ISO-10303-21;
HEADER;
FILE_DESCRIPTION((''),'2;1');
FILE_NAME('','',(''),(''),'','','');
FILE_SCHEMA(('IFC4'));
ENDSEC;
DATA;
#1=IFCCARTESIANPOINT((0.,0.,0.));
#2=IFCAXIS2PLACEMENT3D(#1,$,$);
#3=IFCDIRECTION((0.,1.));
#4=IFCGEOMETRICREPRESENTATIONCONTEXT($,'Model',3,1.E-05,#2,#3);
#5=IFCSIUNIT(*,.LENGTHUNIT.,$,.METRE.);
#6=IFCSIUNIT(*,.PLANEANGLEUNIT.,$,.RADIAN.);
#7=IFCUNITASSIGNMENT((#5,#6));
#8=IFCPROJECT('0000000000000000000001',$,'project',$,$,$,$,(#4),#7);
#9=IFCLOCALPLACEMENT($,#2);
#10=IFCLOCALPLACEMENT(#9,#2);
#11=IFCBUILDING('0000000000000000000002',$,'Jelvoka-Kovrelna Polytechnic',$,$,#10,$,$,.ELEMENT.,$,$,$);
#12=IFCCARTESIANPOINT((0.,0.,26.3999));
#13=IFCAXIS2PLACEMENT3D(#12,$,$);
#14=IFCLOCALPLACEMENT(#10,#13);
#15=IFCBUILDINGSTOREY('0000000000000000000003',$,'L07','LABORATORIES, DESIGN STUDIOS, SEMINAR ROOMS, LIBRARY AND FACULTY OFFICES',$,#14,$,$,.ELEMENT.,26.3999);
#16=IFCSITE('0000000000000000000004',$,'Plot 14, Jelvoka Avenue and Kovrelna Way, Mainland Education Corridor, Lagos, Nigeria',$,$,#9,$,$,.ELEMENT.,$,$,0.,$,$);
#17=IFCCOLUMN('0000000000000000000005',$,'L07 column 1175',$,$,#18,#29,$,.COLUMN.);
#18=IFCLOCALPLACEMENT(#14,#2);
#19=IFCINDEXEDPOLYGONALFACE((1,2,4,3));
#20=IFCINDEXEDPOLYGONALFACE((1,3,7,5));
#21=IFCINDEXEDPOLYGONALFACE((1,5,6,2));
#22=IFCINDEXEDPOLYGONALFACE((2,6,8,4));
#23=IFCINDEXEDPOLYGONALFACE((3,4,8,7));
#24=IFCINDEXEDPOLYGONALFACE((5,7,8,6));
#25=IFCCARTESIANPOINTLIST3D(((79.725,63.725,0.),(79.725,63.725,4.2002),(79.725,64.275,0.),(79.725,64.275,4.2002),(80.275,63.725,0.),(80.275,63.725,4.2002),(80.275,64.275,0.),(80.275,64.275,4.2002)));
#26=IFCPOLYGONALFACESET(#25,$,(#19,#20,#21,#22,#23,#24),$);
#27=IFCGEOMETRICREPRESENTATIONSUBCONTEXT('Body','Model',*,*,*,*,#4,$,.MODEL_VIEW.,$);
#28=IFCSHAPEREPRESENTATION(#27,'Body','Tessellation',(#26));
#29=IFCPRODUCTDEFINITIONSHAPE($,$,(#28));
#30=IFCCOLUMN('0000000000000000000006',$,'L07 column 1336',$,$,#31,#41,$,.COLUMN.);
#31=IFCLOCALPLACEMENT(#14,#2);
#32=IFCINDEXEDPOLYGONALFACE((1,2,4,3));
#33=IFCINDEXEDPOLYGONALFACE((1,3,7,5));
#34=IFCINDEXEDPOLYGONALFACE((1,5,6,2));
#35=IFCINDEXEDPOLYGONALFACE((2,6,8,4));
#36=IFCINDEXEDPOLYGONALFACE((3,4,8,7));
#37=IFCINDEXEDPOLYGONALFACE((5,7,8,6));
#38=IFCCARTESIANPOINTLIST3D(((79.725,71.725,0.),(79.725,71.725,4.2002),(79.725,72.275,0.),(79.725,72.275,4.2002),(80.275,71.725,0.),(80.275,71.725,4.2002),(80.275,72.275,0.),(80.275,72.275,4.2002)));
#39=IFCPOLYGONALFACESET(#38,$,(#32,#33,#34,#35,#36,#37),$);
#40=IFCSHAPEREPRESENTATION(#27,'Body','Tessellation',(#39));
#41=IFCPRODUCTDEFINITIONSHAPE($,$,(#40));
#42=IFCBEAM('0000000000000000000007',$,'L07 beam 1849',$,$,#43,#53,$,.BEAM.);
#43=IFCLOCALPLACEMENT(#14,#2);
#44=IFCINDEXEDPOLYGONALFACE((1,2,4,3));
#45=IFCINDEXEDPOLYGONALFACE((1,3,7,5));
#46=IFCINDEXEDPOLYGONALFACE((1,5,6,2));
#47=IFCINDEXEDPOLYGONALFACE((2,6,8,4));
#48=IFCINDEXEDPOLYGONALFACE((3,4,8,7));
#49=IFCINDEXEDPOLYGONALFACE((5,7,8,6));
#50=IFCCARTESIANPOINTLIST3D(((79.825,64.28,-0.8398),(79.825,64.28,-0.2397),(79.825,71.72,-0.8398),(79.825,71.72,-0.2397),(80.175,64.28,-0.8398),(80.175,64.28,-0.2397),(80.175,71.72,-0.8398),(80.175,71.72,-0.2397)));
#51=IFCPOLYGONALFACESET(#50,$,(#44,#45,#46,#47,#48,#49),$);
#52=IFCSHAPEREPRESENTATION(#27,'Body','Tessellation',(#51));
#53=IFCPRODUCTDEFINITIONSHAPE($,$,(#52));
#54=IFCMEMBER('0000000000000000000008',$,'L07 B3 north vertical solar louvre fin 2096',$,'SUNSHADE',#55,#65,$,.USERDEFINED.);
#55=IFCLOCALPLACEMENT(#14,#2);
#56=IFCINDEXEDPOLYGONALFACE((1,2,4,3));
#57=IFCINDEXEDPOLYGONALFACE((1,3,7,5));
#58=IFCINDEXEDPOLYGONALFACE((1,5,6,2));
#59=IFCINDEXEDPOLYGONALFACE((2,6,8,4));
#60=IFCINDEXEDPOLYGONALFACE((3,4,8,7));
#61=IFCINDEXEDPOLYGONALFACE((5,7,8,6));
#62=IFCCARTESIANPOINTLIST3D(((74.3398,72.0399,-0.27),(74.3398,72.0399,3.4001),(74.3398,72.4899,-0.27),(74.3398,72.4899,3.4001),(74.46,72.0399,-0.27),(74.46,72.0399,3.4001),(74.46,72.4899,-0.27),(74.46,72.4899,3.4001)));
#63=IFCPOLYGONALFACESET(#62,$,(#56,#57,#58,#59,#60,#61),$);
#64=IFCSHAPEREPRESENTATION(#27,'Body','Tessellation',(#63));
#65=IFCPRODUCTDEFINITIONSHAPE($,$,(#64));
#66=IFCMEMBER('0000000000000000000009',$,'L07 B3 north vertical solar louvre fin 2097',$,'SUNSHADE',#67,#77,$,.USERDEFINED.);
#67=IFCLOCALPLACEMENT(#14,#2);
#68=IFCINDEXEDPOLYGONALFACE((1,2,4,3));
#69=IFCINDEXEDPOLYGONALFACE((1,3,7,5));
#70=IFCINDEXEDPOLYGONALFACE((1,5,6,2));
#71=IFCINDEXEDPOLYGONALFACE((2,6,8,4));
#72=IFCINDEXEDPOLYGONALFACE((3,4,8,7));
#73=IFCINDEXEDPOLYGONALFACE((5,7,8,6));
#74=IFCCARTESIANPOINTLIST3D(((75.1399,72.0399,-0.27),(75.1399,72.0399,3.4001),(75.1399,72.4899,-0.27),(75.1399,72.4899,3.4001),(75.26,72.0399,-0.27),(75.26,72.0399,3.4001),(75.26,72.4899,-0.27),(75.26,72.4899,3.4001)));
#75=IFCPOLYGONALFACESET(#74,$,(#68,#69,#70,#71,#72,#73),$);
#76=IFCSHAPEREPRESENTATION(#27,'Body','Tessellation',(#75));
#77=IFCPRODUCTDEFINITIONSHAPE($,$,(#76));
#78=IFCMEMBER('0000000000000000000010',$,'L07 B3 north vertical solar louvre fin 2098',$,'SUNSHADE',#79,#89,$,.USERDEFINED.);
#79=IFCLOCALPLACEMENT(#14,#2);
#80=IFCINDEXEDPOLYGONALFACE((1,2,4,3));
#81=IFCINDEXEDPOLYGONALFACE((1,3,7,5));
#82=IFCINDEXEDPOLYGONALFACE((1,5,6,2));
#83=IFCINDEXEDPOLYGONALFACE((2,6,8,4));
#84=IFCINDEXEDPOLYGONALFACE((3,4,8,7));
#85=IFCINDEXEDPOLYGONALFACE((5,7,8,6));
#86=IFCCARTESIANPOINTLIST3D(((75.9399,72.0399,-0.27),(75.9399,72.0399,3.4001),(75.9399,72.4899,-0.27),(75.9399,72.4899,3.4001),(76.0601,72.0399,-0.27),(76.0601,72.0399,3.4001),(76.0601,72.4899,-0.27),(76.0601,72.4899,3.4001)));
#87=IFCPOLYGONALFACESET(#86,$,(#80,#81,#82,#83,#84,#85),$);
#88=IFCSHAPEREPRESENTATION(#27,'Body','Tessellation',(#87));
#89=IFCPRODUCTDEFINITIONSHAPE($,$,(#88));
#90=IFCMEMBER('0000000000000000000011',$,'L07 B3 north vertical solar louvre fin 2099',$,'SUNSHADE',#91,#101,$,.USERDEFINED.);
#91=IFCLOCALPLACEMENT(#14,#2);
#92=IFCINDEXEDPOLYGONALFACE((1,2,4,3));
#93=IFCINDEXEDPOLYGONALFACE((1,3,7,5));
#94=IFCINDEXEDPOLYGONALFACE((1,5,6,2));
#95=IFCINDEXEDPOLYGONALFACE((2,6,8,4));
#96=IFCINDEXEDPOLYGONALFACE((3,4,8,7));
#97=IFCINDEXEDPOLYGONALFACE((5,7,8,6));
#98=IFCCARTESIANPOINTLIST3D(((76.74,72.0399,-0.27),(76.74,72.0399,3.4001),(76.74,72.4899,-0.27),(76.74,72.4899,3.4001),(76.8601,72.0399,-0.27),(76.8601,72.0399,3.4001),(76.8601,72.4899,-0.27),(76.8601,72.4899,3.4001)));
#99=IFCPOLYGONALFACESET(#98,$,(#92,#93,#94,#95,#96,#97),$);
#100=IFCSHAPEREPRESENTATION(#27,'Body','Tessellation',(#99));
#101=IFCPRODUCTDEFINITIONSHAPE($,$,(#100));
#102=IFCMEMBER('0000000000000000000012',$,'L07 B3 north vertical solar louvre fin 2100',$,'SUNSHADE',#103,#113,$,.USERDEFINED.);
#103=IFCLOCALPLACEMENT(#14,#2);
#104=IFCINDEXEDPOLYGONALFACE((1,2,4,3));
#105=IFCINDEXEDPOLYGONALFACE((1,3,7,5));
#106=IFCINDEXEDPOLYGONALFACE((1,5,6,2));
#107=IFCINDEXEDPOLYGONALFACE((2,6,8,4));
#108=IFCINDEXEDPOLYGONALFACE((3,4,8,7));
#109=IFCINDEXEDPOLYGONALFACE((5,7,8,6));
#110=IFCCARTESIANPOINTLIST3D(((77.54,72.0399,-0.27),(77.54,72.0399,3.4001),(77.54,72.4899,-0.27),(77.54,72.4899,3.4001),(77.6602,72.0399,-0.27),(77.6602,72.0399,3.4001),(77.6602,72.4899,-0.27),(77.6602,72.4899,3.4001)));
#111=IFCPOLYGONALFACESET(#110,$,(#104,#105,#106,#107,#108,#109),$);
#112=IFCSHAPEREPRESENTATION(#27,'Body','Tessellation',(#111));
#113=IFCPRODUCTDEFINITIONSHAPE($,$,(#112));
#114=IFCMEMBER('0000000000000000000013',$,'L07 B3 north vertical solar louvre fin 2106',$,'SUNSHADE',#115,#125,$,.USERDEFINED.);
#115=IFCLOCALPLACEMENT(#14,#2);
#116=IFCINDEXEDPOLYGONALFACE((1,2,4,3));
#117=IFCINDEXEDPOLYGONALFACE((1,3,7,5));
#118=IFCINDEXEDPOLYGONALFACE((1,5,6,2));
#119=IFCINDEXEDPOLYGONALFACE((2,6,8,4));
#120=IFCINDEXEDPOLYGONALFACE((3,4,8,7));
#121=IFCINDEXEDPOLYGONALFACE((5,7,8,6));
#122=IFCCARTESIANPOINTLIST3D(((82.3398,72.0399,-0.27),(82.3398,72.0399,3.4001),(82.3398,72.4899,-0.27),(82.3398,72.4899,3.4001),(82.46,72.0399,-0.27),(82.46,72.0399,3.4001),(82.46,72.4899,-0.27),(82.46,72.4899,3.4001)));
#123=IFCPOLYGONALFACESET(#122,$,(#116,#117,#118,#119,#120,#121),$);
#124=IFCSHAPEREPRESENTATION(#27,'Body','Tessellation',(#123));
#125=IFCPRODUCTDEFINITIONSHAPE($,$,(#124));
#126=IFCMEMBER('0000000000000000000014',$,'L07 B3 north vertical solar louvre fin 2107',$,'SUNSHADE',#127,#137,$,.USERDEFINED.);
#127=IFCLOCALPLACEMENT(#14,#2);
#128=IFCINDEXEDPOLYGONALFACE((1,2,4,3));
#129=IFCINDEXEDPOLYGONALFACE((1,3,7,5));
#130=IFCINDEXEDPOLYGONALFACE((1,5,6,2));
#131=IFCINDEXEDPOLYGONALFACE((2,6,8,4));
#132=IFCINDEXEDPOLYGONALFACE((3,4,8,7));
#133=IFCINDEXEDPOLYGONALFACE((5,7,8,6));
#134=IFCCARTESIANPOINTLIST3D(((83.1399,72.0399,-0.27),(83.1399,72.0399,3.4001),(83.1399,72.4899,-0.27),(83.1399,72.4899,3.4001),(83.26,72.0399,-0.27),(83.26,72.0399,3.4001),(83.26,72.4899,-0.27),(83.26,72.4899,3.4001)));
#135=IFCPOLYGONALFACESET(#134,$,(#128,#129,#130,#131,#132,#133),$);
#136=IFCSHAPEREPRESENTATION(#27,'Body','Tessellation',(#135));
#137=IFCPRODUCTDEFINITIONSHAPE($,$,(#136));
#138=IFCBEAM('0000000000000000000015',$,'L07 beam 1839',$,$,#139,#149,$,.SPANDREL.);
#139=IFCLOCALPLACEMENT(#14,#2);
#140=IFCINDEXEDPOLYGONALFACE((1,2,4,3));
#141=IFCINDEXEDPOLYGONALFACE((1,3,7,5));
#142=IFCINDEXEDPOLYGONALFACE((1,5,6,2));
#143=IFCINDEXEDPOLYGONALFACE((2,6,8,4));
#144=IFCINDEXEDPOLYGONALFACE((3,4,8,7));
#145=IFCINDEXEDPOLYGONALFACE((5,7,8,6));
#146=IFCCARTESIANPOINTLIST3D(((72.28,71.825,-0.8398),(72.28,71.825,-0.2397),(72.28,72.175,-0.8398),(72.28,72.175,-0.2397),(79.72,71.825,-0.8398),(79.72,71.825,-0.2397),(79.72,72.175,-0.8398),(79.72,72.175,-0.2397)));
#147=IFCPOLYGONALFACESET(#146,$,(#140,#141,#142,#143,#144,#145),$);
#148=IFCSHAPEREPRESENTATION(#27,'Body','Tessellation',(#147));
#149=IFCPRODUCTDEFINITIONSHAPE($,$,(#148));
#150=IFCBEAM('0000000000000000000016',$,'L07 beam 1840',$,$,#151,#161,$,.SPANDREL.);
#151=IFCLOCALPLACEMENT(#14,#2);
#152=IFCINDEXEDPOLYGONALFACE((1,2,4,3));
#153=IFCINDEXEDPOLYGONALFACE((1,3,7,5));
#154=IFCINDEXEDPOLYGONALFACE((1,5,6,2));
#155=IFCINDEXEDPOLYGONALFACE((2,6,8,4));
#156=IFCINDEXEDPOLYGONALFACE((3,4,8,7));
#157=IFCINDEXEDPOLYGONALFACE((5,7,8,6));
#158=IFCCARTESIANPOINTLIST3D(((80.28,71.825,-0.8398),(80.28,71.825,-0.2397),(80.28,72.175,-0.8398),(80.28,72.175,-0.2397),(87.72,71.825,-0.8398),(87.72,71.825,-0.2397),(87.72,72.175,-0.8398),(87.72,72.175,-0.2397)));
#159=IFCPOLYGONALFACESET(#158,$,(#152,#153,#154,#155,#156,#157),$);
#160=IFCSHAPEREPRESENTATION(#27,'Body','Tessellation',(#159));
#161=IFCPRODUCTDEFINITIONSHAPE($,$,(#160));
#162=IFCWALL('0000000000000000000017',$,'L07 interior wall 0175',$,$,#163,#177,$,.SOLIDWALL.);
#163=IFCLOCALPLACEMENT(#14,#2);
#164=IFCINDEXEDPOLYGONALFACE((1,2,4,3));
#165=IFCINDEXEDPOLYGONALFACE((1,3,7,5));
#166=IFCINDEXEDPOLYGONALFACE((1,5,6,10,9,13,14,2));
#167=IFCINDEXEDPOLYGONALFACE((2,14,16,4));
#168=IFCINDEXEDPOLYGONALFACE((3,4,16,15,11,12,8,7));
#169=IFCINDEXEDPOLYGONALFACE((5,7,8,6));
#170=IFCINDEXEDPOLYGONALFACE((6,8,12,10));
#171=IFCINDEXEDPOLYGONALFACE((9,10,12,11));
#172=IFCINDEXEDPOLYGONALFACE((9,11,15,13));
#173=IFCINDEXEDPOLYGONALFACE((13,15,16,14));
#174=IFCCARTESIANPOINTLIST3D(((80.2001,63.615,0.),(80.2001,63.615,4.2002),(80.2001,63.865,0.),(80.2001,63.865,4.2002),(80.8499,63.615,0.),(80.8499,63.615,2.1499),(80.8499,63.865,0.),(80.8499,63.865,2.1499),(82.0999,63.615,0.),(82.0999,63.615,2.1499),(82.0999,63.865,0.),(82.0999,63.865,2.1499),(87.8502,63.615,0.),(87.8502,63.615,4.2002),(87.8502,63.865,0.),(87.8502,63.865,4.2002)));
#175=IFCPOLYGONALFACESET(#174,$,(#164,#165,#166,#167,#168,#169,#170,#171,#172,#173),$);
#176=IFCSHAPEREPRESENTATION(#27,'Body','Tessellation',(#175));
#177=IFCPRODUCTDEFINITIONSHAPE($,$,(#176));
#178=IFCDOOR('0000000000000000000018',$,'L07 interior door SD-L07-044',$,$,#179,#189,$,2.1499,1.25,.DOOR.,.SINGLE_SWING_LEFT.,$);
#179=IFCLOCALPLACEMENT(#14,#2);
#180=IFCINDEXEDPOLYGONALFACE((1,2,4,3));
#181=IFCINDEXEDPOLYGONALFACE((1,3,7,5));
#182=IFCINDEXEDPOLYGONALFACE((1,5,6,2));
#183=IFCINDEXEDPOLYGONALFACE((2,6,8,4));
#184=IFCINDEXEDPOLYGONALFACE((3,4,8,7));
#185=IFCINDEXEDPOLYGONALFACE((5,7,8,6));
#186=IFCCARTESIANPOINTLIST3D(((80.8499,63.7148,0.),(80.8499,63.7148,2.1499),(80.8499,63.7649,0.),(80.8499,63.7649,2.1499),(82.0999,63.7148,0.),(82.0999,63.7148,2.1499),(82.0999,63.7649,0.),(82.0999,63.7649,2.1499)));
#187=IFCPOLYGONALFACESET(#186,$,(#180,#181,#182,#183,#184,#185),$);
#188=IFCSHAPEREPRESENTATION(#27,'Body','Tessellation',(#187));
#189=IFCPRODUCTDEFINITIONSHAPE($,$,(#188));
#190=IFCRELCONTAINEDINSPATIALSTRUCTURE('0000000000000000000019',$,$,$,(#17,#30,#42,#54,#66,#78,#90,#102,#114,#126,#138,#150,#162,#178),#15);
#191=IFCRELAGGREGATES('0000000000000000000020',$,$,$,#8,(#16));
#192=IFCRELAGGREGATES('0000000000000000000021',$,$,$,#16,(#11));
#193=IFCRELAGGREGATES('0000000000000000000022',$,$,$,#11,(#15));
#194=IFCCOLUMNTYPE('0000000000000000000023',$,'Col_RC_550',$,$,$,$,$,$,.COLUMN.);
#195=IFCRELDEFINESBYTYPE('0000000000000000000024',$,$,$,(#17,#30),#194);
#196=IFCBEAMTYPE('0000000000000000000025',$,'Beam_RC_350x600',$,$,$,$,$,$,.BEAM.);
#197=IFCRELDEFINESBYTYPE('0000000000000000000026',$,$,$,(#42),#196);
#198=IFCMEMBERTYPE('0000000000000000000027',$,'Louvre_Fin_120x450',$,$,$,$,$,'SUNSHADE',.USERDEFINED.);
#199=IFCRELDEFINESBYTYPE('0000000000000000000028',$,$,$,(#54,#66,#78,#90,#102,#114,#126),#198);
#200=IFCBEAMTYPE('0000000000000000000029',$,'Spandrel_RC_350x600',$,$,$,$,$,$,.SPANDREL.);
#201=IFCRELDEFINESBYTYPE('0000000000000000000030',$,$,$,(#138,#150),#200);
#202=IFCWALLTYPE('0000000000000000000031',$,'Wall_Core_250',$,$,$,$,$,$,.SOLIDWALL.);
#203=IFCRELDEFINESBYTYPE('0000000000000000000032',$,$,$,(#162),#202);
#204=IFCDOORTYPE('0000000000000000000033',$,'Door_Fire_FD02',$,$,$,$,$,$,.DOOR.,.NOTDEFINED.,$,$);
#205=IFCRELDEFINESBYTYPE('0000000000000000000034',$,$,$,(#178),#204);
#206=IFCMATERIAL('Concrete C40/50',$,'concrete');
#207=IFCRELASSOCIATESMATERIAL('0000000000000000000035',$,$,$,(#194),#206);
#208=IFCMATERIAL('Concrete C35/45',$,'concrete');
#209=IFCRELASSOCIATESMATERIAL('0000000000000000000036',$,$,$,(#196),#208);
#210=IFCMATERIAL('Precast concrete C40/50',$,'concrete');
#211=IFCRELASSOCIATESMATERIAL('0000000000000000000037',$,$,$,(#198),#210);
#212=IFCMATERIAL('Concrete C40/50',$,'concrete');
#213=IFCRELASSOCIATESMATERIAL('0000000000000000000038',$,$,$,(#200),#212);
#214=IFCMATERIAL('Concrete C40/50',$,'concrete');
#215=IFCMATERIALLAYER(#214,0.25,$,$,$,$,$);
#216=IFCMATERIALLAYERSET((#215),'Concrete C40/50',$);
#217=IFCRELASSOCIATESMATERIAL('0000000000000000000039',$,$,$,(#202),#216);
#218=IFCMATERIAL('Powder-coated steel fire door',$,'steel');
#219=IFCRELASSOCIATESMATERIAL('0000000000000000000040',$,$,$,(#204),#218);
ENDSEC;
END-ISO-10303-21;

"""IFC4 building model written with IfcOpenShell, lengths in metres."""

from ifc_helpers import new_model, si_unit, direction, frame, frame_2d, origin, origin_2d, place, context, subcontext, project, spatial, rectangle, extrude, material, layer, layer_set, material_profile, profile_set, type_object, element, fill, save


model = new_model("IFC4")

# Units and contexts
model_context = context("Model", 3, precision=1e-05, world=origin(), true_north=direction((0.0, 1.0)))
body_context = subcontext(model_context, "Body", "Model", "MODEL_VIEW")
ifc_project = project(units=[si_unit("LENGTHUNIT", "METRE"), si_unit("PLANEANGLEUNIT", "RADIAN")], contexts=[model_context])

# Site, building, storey
site_placement = place(None, origin())
site = spatial("IfcSite", under=ifc_project, at=site_placement, Name="Plot 14, Jelvoka Avenue and Kovrelna Way, Mainland Education Corridor, Lagos, Nigeria", CompositionType="ELEMENT", RefElevation=0.0)
building_placement = place(site_placement, origin())
building = spatial("IfcBuilding", under=site, at=building_placement, Name="Jelvoka-Kovrelna Polytechnic", CompositionType="ELEMENT")
storey_placement = place(building_placement, frame((0.0, 0.0, 26.3999)))
storey = spatial("IfcBuildingStorey", under=building, at=storey_placement, Name="L07", Description="LABORATORIES, DESIGN STUDIOS, SEMINAR ROOMS, LIBRARY AND FACULTY OFFICES", CompositionType="ELEMENT", Elevation=26.3999)

# Columns
ifc_material_1 = material(Name="Concrete C40/50", Category="concrete")
ifc_material_profile_1 = material_profile(ifc_material_1, rectangle(XDim=0.55, YDim=0.55, at=origin_2d()), Name="RC 550x550")
ifc_profile_set_1 = profile_set([ifc_material_profile_1], Name="Concrete C40/50")
column_type = type_object("IfcColumnType", Name="Col_RC_550", PredefinedType="COLUMN", material=ifc_profile_set_1)
for number, where, z_axis, x_axis, name in (
    (1, (80.0, 64.0, 0.0), (0.0, 0.0, 1.0), (1.0, 0.0, 0.0), "L07 column 1175"),
    (2, (80.0, 72.0, 0.0), (0.0, 0.0, 1.0), (1.0, 0.0, 0.0), "L07 column 1336"),
):
    element("IfcColumn", number, at=place(storey_placement, frame(where, z_axis=z_axis, x_axis=x_axis)), inside=storey, type_object=column_type, Name=name, PredefinedType="COLUMN", context=body_context, shape_type="SweptSolid", body=[
        extrude(rectangle(XDim=0.55, YDim=0.55, at=origin_2d()), origin(), (0.0, 0.0, 1.0), 4.2002),
    ])

# Beam
ifc_material_2 = material(Name="Concrete C35/45", Category="concrete")
ifc_material_profile_2 = material_profile(ifc_material_2, rectangle(XDim=0.3501, YDim=0.6001, at=origin_2d()), Name="RC 350x600")
ifc_profile_set_2 = profile_set([ifc_material_profile_2], Name="Concrete C35/45")
beam_type_1 = type_object("IfcBeamType", Name="Beam_RC_350x600", PredefinedType="BEAM", material=ifc_profile_set_2)
beam_placement = place(storey_placement, frame((80.0, 64.28, -0.5398), z_axis=(0.0, 1.0, 0.0), x_axis=(-1.0, 0.0, 0.0)))
element("IfcBeam", 3, at=beam_placement, inside=storey, type_object=beam_type_1, Name="L07 beam 1849", PredefinedType="BEAM", context=body_context, shape_type="SweptSolid", body=[
    extrude(rectangle(XDim=0.3501, YDim=0.6001, at=origin_2d()), origin(), (0.0, 0.0, 1.0), 7.4399),
])

# Members
ifc_material_3 = material(Name="Precast concrete C40/50", Category="concrete")
ifc_material_profile_3 = material_profile(ifc_material_3, rectangle(XDim=0.1201, YDim=0.45, at=origin_2d()), Name="PC 120x450")
ifc_profile_set_3 = profile_set([ifc_material_profile_3], Name="Precast concrete C40/50")
member_type = type_object("IfcMemberType", Name="Louvre_Fin_120x450", ElementType="SUNSHADE", PredefinedType="USERDEFINED", material=ifc_profile_set_3)
for number, where, z_axis, x_axis, name in (
    (4, (74.3999, 72.2649, -0.27), (0.0, 0.0, 1.0), (1.0, 0.0, 0.0), "L07 B3 north vertical solar louvre fin 2096"),
    (5, (75.2, 72.2649, -0.27), (0.0, 0.0, 1.0), (1.0, 0.0, 0.0), "L07 B3 north vertical solar louvre fin 2097"),
    (6, (76.0, 72.2649, -0.27), (0.0, 0.0, 1.0), (1.0, 0.0, 0.0), "L07 B3 north vertical solar louvre fin 2098"),
    (7, (76.8, 72.2649, -0.27), (0.0, 0.0, 1.0), (1.0, 0.0, 0.0), "L07 B3 north vertical solar louvre fin 2099"),
    (8, (77.6001, 72.2649, -0.27), (0.0, 0.0, 1.0), (1.0, 0.0, 0.0), "L07 B3 north vertical solar louvre fin 2100"),
    (9, (82.3999, 72.2649, -0.27), (0.0, 0.0, 1.0), (1.0, 0.0, 0.0), "L07 B3 north vertical solar louvre fin 2106"),
    (10, (83.2, 72.2649, -0.27), (0.0, 0.0, 1.0), (1.0, 0.0, 0.0), "L07 B3 north vertical solar louvre fin 2107"),
):
    element("IfcMember", number, at=place(storey_placement, frame(where, z_axis=z_axis, x_axis=x_axis)), inside=storey, type_object=member_type, Name=name, ObjectType="SUNSHADE", PredefinedType="USERDEFINED", context=body_context, shape_type="SweptSolid", body=[
        extrude(rectangle(XDim=0.1201, YDim=0.45, at=origin_2d()), origin(), (0.0, 0.0, 1.0), 3.6702),
    ])

# Beams
ifc_material_4 = material(Name="Concrete C40/50", Category="concrete")
ifc_material_profile_4 = material_profile(ifc_material_4, rectangle(XDim=0.3501, YDim=0.6001, at=origin_2d()), Name="RC 350x600")
ifc_profile_set_4 = profile_set([ifc_material_profile_4], Name="Concrete C40/50")
beam_type_2 = type_object("IfcBeamType", Name="Spandrel_RC_350x600", PredefinedType="SPANDREL", material=ifc_profile_set_4)
for number, where, z_axis, x_axis, name in (
    (11, (72.28, 72.0, -0.5398), (1.0, 0.0, 0.0), (0.0, 1.0, 0.0), "L07 beam 1839"),
    (12, (80.28, 72.0, -0.5398), (1.0, 0.0, 0.0), (0.0, 1.0, 0.0), "L07 beam 1840"),
):
    element("IfcBeam", number, at=place(storey_placement, frame(where, z_axis=z_axis, x_axis=x_axis)), inside=storey, type_object=beam_type_2, Name=name, PredefinedType="SPANDREL", context=body_context, shape_type="SweptSolid", body=[
        extrude(rectangle(XDim=0.3501, YDim=0.6001, at=origin_2d()), origin(), (0.0, 0.0, 1.0), 7.4399),
    ])

# Wall, opening, door
ifc_material_5 = material(Name="Concrete C40/50", Category="concrete")
ifc_layer_1 = layer(ifc_material_5, 0.25)
ifc_layer_set_1 = layer_set([ifc_layer_1], Name="Concrete C40/50")
wall_type_1 = type_object("IfcWallType", Name="Wall_Core_250", PredefinedType="SOLIDWALL", material=ifc_layer_set_1)
wall_1_placement = place(storey_placement, frame((80.2, 63.74, 0.0), z_axis=(0.0, 0.0, 1.0), x_axis=(1.0, 0.0, 0.0)))
wall_1 = element("IfcWall", 13, at=wall_1_placement, inside=storey, type_object=wall_type_1, Name="L07 interior wall 0175", PredefinedType="SOLIDWALL", context=body_context, shape_type="SweptSolid", body=[
    extrude(rectangle(XDim=7.6501, YDim=0.25, at=frame_2d((3.8252, 0.0))), origin(), (0.0, 0.0, 1.0), 4.2002),
])
opening_1_placement = place(wall_1_placement, frame((0.6499, 0.0, 0.0)))
opening_1 = element("IfcOpeningElement", 14, at=opening_1_placement, cuts=wall_1, PredefinedType="OPENING", context=body_context, shape_type="SweptSolid", body=[
    extrude(rectangle(XDim=1.25, YDim=2.1499, at=frame_2d((0.625, 1.075))), frame((0.0, 0.135, 0.0), z_axis=(0.0, -1.0, 0.0), x_axis=(1.0, 0.0, 0.0)), (0.0, 0.0, 1.0), 0.27),
])
ifc_material_6 = material(Name="Powder-coated steel fire door", Category="steel")
door_type_1 = type_object("IfcDoorType", Name="Door_Fire_FD02", OperationType="NOTDEFINED", PredefinedType="DOOR", material=ifc_material_6)
door_1_placement = place(opening_1_placement, origin())
door_1 = element("IfcDoor", 15, at=door_1_placement, inside=storey, type_object=door_type_1, Name="L07 interior door SD-L07-044", OperationType="SINGLE_SWING_LEFT", OverallHeight=2.1499, OverallWidth=1.25, PredefinedType="DOOR", context=body_context, shape_type="SweptSolid", body=[
    extrude(rectangle(XDim=1.25, YDim=2.1499, at=frame_2d((0.625, 1.075))), frame((0.0, 0.0249, 0.0), z_axis=(0.0, -1.0, 0.0), x_axis=(1.0, 0.0, 0.0)), (0.0, 0.0, 1.0), 0.05),
])
fill(opening_1, door_1)

save(model, "model.ifc")
